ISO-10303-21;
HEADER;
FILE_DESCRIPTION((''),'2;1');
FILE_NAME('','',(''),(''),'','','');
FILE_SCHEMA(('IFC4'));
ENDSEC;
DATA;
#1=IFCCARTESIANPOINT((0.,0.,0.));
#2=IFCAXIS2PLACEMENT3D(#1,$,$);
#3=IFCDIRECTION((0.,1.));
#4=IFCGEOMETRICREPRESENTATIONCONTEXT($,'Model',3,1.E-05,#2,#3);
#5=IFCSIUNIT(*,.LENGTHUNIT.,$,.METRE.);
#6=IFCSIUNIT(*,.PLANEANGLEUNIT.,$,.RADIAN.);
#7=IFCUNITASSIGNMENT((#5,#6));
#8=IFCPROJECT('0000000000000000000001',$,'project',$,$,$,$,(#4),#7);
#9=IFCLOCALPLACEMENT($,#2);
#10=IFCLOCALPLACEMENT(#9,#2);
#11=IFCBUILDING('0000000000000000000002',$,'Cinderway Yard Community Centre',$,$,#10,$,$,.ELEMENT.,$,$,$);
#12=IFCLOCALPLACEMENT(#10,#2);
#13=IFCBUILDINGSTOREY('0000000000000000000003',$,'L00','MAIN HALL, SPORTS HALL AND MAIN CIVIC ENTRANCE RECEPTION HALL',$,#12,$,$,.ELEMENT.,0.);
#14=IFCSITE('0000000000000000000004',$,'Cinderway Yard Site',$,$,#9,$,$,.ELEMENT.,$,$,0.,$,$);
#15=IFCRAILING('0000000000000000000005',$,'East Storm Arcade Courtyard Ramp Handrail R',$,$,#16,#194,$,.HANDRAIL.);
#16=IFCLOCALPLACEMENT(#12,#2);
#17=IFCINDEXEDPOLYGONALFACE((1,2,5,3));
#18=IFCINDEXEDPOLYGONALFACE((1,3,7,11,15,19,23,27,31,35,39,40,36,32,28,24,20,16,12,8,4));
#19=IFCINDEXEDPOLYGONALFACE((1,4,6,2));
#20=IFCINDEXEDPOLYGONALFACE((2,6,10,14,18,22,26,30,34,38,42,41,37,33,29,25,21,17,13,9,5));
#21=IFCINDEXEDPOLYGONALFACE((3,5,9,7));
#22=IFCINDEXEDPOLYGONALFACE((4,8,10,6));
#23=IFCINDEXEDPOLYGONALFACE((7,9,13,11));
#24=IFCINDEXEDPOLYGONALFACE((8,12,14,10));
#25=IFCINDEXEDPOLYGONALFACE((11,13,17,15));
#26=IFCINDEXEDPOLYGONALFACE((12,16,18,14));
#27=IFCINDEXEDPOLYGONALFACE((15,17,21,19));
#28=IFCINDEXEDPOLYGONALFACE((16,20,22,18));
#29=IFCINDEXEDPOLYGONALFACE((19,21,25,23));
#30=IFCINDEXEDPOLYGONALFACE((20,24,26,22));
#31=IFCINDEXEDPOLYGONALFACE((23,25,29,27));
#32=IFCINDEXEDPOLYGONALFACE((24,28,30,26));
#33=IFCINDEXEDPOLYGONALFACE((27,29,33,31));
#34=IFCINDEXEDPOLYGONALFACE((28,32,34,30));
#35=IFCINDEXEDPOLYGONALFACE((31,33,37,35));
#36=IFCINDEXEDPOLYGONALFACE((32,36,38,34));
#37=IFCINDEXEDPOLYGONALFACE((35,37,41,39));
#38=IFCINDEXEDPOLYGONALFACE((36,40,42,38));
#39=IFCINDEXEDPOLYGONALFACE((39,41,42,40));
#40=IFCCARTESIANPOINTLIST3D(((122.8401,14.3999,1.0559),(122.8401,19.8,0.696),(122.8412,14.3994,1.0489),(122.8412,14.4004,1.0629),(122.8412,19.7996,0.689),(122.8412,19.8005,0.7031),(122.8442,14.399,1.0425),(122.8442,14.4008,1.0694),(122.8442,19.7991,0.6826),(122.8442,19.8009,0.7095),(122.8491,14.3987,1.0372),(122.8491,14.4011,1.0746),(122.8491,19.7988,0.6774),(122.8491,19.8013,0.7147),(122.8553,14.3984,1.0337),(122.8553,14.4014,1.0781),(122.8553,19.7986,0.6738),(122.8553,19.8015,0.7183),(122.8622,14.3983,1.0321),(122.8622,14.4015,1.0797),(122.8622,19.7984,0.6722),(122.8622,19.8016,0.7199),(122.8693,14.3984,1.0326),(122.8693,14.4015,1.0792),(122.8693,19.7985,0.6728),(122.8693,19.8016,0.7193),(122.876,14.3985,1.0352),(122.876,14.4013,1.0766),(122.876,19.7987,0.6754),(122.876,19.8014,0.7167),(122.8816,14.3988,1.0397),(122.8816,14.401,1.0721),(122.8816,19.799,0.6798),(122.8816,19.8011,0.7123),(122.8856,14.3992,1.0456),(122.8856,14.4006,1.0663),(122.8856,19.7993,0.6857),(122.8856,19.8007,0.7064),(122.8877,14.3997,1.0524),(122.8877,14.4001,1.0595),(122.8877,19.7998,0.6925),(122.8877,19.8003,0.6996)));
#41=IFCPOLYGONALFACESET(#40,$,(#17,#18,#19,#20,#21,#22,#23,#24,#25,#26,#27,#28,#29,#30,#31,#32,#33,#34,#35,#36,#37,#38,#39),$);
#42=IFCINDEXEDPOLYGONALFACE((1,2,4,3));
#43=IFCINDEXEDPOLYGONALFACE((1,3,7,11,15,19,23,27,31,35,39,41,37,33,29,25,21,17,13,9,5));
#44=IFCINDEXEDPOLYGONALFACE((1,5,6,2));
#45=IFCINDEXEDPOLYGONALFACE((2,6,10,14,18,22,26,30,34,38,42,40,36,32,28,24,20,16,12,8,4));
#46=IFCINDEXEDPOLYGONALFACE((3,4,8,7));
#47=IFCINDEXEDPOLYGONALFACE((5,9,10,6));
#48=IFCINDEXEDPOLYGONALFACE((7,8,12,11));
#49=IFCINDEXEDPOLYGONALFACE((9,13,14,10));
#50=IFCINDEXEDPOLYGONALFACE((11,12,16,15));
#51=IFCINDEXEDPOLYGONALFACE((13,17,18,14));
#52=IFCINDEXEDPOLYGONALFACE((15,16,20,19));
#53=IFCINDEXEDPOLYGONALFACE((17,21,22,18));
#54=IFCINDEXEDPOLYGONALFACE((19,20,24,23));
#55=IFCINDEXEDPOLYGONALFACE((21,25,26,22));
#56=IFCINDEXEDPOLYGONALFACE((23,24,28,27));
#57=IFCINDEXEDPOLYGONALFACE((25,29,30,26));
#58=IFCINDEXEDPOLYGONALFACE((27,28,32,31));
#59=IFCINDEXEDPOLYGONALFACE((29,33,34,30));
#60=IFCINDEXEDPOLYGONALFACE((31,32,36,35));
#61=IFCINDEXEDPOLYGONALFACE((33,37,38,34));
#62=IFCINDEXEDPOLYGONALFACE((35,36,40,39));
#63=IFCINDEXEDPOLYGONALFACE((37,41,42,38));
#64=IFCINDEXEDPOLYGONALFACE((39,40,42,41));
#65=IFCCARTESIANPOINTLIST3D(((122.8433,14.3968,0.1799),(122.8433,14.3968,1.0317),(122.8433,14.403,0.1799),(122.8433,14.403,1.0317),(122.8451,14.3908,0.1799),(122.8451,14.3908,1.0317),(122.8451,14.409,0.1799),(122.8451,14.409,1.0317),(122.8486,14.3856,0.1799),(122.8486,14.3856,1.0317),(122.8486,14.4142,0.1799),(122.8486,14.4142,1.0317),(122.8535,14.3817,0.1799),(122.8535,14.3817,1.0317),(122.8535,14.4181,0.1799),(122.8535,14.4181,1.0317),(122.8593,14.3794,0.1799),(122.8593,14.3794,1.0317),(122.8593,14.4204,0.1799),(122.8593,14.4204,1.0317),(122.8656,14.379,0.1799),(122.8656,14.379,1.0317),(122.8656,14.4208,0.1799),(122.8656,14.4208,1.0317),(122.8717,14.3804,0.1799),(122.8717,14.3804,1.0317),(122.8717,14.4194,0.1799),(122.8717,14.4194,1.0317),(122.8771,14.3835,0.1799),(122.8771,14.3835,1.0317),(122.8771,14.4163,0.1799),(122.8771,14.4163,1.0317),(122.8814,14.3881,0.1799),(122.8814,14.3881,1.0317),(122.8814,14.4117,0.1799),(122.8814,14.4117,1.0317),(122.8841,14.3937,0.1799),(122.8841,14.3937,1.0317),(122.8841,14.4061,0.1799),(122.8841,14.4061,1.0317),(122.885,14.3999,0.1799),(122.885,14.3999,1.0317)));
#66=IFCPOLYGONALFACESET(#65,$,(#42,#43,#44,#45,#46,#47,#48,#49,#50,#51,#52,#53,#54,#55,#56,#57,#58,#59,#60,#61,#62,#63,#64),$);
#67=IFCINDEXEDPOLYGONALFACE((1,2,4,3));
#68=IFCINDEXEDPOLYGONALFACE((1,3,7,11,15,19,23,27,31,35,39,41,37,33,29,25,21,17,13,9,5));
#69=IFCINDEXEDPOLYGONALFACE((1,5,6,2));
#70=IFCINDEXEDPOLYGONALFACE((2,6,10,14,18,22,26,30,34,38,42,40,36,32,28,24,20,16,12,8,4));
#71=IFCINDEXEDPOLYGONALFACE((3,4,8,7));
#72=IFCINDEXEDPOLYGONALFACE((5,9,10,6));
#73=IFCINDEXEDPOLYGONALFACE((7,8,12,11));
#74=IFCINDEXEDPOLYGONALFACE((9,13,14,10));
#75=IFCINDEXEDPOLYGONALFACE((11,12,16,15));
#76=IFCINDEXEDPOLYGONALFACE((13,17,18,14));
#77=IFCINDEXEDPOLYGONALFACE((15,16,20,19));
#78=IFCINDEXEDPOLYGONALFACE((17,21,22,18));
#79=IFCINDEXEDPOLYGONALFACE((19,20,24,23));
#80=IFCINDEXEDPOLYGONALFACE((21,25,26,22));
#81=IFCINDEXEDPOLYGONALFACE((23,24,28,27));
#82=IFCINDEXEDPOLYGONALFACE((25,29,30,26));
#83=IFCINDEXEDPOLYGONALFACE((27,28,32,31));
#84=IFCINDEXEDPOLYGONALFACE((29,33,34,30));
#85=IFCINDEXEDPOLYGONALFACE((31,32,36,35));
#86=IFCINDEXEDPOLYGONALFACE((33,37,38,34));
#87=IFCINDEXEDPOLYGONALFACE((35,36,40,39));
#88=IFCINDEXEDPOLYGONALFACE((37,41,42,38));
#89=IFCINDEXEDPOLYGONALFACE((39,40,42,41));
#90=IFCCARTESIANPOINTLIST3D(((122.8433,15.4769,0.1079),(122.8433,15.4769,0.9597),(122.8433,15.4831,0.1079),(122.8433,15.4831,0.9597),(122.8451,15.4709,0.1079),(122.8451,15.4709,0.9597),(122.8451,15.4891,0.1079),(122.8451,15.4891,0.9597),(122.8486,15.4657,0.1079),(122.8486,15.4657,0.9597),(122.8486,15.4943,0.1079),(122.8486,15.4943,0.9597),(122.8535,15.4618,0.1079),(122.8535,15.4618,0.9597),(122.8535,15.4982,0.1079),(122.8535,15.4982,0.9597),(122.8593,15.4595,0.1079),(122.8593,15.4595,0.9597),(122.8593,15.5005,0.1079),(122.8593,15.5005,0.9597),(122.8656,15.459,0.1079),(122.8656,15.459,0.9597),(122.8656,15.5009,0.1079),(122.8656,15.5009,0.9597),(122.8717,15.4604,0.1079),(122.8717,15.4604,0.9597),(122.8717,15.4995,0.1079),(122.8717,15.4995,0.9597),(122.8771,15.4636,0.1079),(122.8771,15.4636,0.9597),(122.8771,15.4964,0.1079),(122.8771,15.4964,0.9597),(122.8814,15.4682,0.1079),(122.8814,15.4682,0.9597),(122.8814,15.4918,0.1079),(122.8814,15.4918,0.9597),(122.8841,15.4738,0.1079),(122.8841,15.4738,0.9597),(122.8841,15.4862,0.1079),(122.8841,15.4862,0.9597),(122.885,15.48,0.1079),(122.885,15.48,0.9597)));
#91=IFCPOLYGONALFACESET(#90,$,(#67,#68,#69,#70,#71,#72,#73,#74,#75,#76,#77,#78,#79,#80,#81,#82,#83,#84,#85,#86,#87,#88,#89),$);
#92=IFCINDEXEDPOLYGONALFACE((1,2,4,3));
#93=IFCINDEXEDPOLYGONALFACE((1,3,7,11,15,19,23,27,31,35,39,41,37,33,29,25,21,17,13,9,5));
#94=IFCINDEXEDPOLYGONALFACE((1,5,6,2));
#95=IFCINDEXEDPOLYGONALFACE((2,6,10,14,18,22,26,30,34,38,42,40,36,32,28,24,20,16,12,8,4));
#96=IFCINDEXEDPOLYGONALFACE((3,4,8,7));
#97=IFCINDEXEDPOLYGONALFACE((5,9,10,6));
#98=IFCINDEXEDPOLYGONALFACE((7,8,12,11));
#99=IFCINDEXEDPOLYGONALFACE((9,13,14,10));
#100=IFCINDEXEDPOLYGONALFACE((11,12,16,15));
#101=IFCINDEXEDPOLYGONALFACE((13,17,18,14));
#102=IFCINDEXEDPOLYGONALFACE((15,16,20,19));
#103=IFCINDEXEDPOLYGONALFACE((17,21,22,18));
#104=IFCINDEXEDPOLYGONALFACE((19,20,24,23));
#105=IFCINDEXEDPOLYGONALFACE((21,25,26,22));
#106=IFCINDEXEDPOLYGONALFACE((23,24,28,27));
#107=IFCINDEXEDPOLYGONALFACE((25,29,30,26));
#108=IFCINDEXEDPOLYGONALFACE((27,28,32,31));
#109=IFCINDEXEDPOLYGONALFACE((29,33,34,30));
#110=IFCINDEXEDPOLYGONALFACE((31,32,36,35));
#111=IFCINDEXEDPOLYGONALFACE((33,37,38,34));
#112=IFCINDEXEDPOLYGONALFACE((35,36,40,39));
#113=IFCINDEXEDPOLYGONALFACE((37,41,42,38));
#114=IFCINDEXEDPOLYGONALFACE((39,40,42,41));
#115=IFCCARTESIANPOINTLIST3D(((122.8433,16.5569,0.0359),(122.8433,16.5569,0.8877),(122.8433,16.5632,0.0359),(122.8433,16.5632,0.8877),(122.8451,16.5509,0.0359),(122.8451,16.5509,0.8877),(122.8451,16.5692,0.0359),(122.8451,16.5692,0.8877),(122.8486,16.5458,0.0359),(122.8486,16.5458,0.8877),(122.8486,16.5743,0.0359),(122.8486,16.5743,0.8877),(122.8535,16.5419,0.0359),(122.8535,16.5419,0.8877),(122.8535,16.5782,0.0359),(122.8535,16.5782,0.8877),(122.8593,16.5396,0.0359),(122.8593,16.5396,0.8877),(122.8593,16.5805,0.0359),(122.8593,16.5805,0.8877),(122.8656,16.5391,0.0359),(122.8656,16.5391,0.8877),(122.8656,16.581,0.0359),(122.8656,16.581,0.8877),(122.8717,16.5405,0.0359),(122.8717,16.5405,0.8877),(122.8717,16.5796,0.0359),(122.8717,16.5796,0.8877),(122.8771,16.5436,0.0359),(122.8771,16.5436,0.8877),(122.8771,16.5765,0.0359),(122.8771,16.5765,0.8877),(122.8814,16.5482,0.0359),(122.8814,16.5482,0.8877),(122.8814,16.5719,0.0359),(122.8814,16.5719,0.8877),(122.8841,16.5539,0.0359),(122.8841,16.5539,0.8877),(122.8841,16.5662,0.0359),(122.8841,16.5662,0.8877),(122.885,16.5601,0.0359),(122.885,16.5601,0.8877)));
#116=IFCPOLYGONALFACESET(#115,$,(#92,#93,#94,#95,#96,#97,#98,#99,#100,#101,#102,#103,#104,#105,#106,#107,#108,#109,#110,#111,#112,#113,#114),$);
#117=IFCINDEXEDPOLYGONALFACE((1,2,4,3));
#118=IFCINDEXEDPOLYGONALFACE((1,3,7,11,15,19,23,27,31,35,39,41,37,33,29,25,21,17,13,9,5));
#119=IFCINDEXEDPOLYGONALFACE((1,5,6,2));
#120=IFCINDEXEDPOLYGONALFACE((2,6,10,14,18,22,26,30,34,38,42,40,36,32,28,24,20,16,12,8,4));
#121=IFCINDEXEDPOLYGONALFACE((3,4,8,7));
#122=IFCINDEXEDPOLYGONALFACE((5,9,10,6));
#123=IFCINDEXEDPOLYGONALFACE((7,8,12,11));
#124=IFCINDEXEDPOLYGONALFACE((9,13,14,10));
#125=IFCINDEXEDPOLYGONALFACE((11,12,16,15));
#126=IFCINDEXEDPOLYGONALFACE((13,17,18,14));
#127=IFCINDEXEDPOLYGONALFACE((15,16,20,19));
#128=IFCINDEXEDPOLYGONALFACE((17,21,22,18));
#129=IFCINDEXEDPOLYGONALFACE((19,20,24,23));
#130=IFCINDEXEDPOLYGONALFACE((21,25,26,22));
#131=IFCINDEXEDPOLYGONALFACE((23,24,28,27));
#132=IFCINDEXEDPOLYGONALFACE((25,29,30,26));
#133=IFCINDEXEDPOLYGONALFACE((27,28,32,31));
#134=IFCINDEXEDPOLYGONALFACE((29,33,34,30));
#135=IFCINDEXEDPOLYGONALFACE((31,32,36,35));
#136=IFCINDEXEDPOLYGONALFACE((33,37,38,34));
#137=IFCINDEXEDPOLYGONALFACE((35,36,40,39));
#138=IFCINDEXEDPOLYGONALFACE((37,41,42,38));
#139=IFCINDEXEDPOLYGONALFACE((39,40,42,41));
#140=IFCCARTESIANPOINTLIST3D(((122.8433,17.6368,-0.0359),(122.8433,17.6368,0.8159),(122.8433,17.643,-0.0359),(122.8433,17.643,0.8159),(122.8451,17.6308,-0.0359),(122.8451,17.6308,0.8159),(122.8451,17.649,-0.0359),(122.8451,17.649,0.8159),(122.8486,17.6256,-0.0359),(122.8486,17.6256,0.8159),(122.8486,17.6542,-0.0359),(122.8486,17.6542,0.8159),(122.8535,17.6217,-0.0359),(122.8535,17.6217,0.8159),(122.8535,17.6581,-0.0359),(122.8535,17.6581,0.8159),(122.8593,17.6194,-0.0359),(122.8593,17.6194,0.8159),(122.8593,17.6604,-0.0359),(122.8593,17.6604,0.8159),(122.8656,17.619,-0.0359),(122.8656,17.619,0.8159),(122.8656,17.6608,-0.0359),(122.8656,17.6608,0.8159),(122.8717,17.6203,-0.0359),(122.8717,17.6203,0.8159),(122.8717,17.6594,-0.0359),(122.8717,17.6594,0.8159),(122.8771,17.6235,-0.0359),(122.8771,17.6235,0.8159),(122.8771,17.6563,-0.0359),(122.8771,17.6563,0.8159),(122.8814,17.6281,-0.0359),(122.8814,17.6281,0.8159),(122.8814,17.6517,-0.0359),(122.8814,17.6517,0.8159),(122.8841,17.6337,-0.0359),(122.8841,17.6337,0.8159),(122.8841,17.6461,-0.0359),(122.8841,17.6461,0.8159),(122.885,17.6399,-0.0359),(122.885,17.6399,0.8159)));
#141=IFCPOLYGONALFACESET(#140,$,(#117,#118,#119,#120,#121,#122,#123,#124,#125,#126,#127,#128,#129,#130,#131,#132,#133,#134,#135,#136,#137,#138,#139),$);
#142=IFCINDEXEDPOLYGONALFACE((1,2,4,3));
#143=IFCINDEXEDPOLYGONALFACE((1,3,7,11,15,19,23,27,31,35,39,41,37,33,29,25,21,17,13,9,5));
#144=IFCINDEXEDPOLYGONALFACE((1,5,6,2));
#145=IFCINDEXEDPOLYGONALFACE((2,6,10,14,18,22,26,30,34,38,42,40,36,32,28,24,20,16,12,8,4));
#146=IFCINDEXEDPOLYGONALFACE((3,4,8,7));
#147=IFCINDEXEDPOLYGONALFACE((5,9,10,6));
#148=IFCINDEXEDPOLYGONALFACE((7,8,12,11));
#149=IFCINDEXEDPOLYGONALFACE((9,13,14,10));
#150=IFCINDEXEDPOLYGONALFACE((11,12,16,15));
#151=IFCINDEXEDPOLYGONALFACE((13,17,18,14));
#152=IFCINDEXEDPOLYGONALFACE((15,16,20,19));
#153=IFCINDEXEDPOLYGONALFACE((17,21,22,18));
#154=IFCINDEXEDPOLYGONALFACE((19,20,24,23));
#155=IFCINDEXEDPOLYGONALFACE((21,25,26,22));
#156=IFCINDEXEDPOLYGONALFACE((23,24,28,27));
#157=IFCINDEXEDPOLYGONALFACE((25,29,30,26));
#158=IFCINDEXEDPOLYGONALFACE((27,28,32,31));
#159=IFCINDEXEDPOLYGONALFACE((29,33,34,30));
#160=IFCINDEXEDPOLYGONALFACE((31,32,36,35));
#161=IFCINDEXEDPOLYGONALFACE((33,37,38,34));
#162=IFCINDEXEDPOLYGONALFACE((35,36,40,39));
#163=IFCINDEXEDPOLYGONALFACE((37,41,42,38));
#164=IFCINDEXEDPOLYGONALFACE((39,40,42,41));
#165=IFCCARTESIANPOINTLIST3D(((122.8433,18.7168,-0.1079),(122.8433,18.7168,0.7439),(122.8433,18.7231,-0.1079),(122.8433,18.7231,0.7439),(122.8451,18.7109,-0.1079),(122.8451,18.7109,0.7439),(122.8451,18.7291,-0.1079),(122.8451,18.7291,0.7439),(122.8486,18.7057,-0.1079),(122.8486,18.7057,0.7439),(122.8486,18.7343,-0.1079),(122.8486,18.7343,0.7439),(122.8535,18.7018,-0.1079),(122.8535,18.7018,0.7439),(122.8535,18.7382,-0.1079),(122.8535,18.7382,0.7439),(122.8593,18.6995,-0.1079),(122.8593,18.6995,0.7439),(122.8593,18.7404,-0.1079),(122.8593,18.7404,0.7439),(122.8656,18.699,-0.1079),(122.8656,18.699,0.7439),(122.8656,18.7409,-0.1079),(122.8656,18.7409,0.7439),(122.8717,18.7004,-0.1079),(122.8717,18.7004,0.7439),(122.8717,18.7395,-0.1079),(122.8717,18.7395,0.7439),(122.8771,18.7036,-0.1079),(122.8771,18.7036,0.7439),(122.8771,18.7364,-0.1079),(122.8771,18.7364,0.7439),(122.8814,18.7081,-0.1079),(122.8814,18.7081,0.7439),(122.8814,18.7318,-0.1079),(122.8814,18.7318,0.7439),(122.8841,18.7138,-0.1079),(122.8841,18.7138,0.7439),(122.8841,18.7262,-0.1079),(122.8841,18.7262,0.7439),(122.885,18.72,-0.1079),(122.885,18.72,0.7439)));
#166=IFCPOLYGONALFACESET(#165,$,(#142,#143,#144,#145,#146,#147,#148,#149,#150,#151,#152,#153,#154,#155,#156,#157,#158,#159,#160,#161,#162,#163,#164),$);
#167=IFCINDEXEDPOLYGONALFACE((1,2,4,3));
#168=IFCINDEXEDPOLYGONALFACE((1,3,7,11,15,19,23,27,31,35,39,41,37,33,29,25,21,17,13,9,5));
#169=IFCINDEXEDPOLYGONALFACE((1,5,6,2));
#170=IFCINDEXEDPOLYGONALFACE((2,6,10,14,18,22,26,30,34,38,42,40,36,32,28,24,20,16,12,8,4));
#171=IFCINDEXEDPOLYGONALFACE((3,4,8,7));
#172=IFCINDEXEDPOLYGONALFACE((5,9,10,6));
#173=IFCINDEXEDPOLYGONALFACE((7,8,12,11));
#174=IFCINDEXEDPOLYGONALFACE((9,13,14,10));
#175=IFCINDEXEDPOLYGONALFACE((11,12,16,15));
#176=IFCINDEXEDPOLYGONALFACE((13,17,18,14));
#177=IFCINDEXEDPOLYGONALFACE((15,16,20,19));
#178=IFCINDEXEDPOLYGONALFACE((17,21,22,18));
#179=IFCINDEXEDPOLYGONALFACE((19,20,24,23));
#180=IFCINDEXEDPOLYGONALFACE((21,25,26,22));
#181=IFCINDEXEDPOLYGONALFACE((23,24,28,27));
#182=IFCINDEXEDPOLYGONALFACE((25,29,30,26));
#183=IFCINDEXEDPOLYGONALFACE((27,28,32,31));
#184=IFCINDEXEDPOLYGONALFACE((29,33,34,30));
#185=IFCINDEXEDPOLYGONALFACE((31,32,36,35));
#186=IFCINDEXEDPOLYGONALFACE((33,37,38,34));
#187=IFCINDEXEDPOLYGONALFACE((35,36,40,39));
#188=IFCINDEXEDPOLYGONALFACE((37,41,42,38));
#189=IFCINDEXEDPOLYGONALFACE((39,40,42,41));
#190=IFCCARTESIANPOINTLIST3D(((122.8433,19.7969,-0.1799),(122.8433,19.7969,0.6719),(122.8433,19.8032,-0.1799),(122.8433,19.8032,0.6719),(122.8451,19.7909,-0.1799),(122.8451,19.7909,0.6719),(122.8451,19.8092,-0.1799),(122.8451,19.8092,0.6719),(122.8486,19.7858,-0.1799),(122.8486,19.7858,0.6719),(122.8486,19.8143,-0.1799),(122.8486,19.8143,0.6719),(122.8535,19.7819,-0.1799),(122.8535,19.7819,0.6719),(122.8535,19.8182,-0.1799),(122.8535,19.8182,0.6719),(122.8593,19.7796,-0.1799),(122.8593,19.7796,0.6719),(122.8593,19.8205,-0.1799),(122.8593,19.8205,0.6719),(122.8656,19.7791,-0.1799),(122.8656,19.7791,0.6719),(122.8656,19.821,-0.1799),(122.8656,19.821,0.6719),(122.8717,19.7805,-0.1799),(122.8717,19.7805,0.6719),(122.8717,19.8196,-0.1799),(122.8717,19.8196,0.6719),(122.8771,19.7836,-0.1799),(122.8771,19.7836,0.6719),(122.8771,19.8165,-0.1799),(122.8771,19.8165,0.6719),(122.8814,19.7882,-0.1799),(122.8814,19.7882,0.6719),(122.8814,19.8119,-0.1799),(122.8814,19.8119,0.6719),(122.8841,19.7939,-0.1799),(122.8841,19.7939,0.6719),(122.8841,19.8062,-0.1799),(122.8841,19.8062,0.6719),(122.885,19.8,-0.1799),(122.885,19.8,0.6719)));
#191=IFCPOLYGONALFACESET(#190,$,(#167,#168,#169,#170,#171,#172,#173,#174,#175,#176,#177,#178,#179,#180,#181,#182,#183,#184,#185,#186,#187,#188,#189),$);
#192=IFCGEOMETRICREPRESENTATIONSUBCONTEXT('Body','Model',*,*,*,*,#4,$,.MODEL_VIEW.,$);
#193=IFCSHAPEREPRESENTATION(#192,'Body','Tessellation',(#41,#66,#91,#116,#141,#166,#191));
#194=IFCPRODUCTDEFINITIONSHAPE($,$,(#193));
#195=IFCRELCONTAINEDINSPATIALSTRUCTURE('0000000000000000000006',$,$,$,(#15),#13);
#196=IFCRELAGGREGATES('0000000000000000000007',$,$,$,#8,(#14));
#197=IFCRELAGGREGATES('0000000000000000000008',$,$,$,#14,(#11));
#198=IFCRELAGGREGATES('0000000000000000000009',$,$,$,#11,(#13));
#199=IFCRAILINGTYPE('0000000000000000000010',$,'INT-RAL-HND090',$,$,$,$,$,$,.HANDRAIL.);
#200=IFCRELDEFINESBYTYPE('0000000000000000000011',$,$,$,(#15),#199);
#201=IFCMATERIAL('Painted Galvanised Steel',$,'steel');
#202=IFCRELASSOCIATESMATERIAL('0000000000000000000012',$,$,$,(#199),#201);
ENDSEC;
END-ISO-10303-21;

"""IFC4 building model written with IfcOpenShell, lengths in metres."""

from ifc_helpers import new_model, si_unit, direction, frame, origin, origin_2d, place, context, subcontext, project, spatial, circle, extrude, material, type_object, element, save


model = new_model("IFC4")

# Units and contexts
model_context = context("Model", 3, precision=1e-05, world=origin(), true_north=direction((0.0, 1.0)))
body_context = subcontext(model_context, "Body", "Model", "MODEL_VIEW")
ifc_project = project(units=[si_unit("LENGTHUNIT", "METRE"), si_unit("PLANEANGLEUNIT", "RADIAN")], contexts=[model_context])

# Site, building, storey
site_placement = place(None, origin())
site = spatial("IfcSite", under=ifc_project, at=site_placement, Name="Cinderway Yard Site", CompositionType="ELEMENT", RefElevation=0.0)
building_placement = place(site_placement, origin())
building = spatial("IfcBuilding", under=site, at=building_placement, Name="Cinderway Yard Community Centre", CompositionType="ELEMENT")
storey_placement = place(building_placement, origin())
storey = spatial("IfcBuildingStorey", under=building, at=storey_placement, Name="L00", Description="MAIN HALL, SPORTS HALL AND MAIN CIVIC ENTRANCE RECEPTION HALL", CompositionType="ELEMENT", Elevation=0.0)

# Railing
ifc_material_1 = material(Name="Painted Galvanised Steel", Category="steel")
railing_type = type_object("IfcRailingType", Name="INT-RAL-HND090", PredefinedType="HANDRAIL", material=ifc_material_1)
for number, where, name in (
    (1, (122.864, 14.3999, 0.1799), "East Storm Arcade Courtyard Ramp Handrail R"),
):
    element("IfcRailing", number, at=place(storey_placement, frame(where)), inside=storey, type_object=railing_type, Name=name, PredefinedType="HANDRAIL", context=body_context, shape_type="SweptSolid", body=[
        extrude(circle(Radius=0.0239, at=origin_2d()), frame((0.0, 0.0, 0.876), z_axis=(0.0, 0.997787, -0.066492), x_axis=(-1.0, 0.0, 0.0)), (0.0, 0.0, 1.0), 5.4121),
        extrude(circle(Radius=0.021, at=origin_2d()), origin(), (0.0, 0.0, 1.0), 0.8518),
        extrude(circle(Radius=0.021, at=origin_2d()), frame((0.0, 1.0801, -0.072)), (0.0, 0.0, 1.0), 0.8518),
        extrude(circle(Radius=0.021, at=origin_2d()), frame((0.0, 2.1602, -0.144)), (0.0, 0.0, 1.0), 0.8518),
        extrude(circle(Radius=0.021, at=origin_2d()), frame((0.0, 3.24, -0.2158)), (0.0, 0.0, 1.0), 0.8518),
        extrude(circle(Radius=0.021, at=origin_2d()), frame((0.0, 4.3201, -0.2878)), (0.0, 0.0, 1.0), 0.8518),
        extrude(circle(Radius=0.021, at=origin_2d()), frame((0.0, 5.4001, -0.3599)), (0.0, 0.0, 1.0), 0.8518),
    ])

save(model, "model.ifc")
